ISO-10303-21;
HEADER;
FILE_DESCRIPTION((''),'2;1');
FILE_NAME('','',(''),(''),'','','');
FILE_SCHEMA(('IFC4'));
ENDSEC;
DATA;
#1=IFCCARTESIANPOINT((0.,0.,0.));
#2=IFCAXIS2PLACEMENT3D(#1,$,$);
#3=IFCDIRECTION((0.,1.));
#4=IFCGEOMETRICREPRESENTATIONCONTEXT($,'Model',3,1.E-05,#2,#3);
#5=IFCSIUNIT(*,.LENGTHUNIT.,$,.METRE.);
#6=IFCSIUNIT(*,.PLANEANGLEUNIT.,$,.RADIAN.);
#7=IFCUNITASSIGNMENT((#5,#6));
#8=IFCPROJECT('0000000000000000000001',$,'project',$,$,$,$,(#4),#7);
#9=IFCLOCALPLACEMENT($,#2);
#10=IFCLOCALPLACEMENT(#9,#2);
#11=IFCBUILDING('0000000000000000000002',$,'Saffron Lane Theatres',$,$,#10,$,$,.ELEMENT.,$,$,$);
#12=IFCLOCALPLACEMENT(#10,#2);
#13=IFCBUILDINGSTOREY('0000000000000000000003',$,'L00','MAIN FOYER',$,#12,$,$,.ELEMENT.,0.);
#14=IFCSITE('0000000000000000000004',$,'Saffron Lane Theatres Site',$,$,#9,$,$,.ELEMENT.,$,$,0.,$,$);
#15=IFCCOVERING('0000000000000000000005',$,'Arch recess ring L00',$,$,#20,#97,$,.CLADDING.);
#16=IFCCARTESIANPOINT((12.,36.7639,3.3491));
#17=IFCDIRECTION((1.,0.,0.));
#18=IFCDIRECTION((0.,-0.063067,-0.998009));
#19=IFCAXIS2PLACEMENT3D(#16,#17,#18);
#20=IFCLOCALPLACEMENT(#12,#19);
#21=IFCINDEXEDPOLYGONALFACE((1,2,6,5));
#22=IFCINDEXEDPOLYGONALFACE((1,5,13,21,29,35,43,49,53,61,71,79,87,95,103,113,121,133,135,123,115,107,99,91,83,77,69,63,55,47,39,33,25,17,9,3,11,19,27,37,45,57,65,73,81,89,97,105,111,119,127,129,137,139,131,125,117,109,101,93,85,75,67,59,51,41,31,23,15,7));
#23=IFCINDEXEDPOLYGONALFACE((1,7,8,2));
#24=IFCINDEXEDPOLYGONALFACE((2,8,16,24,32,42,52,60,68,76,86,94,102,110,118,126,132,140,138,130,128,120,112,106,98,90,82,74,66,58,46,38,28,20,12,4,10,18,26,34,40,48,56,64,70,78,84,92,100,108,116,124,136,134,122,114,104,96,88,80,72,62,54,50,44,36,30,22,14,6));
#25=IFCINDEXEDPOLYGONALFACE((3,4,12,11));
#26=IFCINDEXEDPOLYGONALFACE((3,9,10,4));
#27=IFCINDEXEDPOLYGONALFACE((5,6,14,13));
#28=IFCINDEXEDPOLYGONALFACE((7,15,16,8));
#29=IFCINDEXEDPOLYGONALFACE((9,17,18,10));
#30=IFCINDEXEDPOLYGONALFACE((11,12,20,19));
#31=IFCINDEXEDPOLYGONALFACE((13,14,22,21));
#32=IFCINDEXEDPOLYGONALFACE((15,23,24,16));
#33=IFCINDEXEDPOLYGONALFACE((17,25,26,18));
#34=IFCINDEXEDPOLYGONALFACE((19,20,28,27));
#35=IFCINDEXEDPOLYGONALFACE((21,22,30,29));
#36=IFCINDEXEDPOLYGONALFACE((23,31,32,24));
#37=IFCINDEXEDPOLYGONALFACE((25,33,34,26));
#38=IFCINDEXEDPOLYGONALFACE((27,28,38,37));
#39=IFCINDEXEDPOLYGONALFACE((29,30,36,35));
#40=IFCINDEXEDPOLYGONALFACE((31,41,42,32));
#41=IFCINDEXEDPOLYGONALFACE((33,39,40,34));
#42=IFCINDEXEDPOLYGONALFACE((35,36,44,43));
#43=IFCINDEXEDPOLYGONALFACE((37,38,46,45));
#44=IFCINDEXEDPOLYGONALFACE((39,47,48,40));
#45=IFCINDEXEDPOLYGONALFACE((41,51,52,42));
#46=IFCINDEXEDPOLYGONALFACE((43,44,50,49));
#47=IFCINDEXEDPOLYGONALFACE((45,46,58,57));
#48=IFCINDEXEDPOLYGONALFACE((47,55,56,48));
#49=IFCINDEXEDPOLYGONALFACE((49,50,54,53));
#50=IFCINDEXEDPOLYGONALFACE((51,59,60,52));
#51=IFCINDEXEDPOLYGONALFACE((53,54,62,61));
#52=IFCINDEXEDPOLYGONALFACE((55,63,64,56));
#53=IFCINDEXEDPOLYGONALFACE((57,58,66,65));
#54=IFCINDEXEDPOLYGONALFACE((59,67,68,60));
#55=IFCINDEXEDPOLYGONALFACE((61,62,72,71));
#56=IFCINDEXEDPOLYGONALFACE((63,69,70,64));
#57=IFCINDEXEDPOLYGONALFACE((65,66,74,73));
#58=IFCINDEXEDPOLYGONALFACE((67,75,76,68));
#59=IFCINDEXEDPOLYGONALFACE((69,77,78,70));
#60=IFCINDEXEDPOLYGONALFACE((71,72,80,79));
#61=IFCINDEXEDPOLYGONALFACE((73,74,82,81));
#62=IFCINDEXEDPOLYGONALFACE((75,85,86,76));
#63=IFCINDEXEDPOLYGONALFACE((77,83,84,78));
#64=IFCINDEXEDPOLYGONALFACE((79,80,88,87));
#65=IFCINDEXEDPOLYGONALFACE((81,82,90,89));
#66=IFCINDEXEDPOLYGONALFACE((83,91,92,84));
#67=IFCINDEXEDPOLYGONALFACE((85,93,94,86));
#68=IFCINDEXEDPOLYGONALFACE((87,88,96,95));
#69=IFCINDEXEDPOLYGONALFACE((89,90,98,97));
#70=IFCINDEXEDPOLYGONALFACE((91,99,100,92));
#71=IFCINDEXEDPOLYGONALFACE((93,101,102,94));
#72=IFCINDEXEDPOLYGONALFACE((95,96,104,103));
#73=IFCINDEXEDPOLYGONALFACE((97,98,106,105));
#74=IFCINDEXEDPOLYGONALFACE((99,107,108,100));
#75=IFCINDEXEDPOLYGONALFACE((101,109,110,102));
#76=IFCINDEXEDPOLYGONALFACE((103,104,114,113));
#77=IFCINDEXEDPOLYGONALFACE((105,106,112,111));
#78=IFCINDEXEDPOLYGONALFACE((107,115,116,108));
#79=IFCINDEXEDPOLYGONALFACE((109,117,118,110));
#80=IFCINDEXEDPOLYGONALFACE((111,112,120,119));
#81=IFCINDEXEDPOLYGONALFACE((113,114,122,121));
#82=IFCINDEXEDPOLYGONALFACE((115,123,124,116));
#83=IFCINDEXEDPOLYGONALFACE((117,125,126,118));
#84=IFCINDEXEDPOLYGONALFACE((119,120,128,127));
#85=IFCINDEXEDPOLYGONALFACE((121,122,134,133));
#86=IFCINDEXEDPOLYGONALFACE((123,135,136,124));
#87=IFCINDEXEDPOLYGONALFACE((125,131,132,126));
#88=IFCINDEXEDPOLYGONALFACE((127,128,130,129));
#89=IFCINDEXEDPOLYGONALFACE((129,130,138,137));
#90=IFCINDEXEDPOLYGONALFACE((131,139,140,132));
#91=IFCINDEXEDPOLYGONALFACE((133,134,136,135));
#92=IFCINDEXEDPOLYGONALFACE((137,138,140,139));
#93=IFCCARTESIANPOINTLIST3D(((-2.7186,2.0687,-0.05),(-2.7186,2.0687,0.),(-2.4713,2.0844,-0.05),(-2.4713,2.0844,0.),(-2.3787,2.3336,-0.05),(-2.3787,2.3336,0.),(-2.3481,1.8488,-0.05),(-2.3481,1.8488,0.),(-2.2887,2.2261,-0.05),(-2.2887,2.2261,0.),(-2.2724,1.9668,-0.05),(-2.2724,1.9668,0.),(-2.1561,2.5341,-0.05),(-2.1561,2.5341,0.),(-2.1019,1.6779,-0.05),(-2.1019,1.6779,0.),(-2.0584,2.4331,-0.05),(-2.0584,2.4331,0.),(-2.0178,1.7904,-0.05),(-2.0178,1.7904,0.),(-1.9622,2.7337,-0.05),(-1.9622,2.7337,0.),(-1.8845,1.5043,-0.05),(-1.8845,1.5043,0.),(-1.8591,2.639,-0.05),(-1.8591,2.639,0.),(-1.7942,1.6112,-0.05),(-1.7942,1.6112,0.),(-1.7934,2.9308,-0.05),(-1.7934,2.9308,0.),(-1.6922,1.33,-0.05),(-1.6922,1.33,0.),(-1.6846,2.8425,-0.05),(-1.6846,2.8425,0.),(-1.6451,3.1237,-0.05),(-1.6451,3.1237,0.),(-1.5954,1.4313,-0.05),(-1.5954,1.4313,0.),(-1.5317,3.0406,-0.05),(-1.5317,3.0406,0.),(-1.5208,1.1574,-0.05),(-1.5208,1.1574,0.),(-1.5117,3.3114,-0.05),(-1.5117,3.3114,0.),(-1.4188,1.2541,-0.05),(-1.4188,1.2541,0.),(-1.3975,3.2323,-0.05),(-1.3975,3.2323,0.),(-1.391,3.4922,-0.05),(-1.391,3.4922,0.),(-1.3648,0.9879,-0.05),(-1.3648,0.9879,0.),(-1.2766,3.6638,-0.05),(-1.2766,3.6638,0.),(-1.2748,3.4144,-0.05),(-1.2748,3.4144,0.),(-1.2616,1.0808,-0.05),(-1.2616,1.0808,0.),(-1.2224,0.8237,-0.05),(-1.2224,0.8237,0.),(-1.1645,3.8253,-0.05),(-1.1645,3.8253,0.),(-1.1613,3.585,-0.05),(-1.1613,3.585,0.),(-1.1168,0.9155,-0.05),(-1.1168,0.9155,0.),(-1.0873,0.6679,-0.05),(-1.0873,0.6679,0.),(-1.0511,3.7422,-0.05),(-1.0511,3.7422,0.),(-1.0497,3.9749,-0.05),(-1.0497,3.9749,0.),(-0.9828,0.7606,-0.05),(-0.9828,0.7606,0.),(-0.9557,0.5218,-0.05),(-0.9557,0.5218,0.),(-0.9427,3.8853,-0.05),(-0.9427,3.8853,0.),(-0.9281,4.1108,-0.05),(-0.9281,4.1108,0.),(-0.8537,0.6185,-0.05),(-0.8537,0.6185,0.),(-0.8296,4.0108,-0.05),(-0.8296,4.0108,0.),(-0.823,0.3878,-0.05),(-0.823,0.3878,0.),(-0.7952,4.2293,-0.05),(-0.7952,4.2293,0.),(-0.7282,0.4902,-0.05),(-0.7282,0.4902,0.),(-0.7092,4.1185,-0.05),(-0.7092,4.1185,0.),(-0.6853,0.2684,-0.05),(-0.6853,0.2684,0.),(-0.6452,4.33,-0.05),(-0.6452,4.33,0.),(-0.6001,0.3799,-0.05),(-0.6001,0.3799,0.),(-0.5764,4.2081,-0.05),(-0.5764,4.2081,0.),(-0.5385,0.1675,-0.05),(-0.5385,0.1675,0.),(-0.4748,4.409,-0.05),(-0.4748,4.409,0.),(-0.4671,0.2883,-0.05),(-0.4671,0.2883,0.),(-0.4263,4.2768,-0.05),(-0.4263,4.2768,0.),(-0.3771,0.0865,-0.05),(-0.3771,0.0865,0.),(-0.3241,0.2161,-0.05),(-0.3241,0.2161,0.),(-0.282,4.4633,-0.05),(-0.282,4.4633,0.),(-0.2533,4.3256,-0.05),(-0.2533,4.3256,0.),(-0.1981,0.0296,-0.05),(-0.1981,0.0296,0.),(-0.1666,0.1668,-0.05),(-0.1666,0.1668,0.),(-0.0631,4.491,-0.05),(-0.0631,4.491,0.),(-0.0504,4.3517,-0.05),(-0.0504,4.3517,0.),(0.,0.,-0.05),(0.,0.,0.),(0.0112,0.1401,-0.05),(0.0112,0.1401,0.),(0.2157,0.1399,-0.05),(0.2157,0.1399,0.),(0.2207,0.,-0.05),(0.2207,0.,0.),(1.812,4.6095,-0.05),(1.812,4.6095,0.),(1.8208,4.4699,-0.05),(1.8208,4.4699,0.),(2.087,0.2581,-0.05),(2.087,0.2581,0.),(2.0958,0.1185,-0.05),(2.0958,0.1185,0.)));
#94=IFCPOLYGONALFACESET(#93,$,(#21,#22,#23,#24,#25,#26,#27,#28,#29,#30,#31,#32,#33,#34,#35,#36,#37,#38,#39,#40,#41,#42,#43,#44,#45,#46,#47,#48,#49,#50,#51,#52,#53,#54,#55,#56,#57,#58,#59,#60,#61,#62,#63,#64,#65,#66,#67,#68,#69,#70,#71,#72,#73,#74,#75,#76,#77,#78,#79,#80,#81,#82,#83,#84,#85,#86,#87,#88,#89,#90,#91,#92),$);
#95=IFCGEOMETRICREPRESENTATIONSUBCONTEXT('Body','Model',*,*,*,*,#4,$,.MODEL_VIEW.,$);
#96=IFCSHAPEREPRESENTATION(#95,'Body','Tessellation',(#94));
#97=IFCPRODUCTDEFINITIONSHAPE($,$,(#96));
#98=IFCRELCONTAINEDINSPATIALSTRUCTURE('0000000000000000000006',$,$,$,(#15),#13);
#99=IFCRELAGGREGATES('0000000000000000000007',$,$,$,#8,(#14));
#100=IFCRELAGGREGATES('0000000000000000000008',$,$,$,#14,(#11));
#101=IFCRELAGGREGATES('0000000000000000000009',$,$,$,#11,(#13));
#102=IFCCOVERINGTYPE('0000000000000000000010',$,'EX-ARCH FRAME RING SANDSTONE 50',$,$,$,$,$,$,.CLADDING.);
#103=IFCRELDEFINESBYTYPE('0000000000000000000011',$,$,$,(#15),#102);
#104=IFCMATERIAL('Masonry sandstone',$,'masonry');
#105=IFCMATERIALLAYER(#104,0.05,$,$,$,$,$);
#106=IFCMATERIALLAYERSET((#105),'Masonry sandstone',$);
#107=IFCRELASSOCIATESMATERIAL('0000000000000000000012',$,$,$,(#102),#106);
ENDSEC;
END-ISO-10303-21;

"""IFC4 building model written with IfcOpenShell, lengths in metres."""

from ifc_helpers import new_model, si_unit, direction, frame, origin, place, context, subcontext, project, spatial, polyline, outline, extrude, material, layer, layer_set, type_object, element, save


model = new_model("IFC4")

# Units and contexts
model_context = context("Model", 3, precision=1e-05, world=origin(), true_north=direction((0.0, 1.0)))
body_context = subcontext(model_context, "Body", "Model", "MODEL_VIEW")
ifc_project = project(units=[si_unit("LENGTHUNIT", "METRE"), si_unit("PLANEANGLEUNIT", "RADIAN")], contexts=[model_context])

# Site, building, storey
site_placement = place(None, origin())
site = spatial("IfcSite", under=ifc_project, at=site_placement, Name="Saffron Lane Theatres Site", CompositionType="ELEMENT", RefElevation=0.0)
building_placement = place(site_placement, origin())
building = spatial("IfcBuilding", under=site, at=building_placement, Name="Saffron Lane Theatres", CompositionType="ELEMENT")
storey_placement = place(building_placement, origin())
storey = spatial("IfcBuildingStorey", under=building, at=storey_placement, Name="L00", Description="MAIN FOYER", CompositionType="ELEMENT", Elevation=0.0)

# Covering
ifc_material_1 = material(Name="Masonry sandstone", Category="masonry")
ifc_layer_1 = layer(ifc_material_1, 0.05)
ifc_layer_set_1 = layer_set([ifc_layer_1], Name="Masonry sandstone")
covering_type_1 = type_object("IfcCoveringType", Name="EX-ARCH FRAME RING SANDSTONE 50", PredefinedType="CLADDING", material=ifc_layer_set_1)
covering_1_placement = place(storey_placement, frame((12.0, 36.7639, 3.3491), z_axis=(1.0, 0.0, 0.0), x_axis=(0.0, -0.063067, -0.998009)))
element("IfcCovering", 1, at=covering_1_placement, inside=storey, type_object=covering_type_1, Name="Arch recess ring L00", PredefinedType="CLADDING", context=body_context, shape_type="SweptSolid", body=[
    extrude(outline(polyline([(0.0, 0.0), (0.2207, 0.0), (2.0958, 0.1185), (2.087, 0.2581), (0.2157, 0.1399), (0.0112, 0.1401), (-0.1666, 0.1668), (-0.3241, 0.2161), (-0.4671, 0.2883), (-0.6001, 0.3799), (-0.7282, 0.4902), (-0.8537, 0.6185), (-0.9828, 0.7606), (-1.1168, 0.9155), (-1.2616, 1.0808), (-1.4188, 1.2541), (-1.5954, 1.4313), (-1.7942, 1.6112), (-2.0178, 1.7904), (-2.2724, 1.9668), (-2.4713, 2.0844), (-2.2887, 2.2261), (-2.0584, 2.4331), (-1.8591, 2.639), (-1.6846, 2.8425), (-1.5317, 3.0406), (-1.3975, 3.2323), (-1.2748, 3.4144), (-1.1613, 3.585), (-1.0511, 3.7422), (-0.9427, 3.8853), (-0.8296, 4.0108), (-0.7092, 4.1185), (-0.5764, 4.2081), (-0.4263, 4.2768), (-0.2533, 4.3256), (-0.0504, 4.3517), (1.8208, 4.4699), (1.812, 4.6095), (-0.0631, 4.491), (-0.282, 4.4633), (-0.4748, 4.409), (-0.6452, 4.33), (-0.7952, 4.2293), (-0.9281, 4.1108), (-1.0497, 3.9749), (-1.1645, 3.8253), (-1.2766, 3.6638), (-1.391, 3.4922), (-1.5117, 3.3114), (-1.6451, 3.1237), (-1.7934, 2.9308), (-1.9622, 2.7337), (-2.1561, 2.5341), (-2.3787, 2.3336), (-2.7186, 2.0687), (-2.3481, 1.8488), (-2.1019, 1.6779), (-1.8845, 1.5043), (-1.6922, 1.33), (-1.5208, 1.1574), (-1.3648, 0.9879), (-1.2224, 0.8237), (-1.0873, 0.6679), (-0.9557, 0.5218), (-0.823, 0.3878), (-0.6853, 0.2684), (-0.5385, 0.1675), (-0.3771, 0.0865), (-0.1981, 0.0296), (0.0, 0.0)])), origin(), (0.0, 0.0, -1.0), 0.05),
])

save(model, "model.ifc")
